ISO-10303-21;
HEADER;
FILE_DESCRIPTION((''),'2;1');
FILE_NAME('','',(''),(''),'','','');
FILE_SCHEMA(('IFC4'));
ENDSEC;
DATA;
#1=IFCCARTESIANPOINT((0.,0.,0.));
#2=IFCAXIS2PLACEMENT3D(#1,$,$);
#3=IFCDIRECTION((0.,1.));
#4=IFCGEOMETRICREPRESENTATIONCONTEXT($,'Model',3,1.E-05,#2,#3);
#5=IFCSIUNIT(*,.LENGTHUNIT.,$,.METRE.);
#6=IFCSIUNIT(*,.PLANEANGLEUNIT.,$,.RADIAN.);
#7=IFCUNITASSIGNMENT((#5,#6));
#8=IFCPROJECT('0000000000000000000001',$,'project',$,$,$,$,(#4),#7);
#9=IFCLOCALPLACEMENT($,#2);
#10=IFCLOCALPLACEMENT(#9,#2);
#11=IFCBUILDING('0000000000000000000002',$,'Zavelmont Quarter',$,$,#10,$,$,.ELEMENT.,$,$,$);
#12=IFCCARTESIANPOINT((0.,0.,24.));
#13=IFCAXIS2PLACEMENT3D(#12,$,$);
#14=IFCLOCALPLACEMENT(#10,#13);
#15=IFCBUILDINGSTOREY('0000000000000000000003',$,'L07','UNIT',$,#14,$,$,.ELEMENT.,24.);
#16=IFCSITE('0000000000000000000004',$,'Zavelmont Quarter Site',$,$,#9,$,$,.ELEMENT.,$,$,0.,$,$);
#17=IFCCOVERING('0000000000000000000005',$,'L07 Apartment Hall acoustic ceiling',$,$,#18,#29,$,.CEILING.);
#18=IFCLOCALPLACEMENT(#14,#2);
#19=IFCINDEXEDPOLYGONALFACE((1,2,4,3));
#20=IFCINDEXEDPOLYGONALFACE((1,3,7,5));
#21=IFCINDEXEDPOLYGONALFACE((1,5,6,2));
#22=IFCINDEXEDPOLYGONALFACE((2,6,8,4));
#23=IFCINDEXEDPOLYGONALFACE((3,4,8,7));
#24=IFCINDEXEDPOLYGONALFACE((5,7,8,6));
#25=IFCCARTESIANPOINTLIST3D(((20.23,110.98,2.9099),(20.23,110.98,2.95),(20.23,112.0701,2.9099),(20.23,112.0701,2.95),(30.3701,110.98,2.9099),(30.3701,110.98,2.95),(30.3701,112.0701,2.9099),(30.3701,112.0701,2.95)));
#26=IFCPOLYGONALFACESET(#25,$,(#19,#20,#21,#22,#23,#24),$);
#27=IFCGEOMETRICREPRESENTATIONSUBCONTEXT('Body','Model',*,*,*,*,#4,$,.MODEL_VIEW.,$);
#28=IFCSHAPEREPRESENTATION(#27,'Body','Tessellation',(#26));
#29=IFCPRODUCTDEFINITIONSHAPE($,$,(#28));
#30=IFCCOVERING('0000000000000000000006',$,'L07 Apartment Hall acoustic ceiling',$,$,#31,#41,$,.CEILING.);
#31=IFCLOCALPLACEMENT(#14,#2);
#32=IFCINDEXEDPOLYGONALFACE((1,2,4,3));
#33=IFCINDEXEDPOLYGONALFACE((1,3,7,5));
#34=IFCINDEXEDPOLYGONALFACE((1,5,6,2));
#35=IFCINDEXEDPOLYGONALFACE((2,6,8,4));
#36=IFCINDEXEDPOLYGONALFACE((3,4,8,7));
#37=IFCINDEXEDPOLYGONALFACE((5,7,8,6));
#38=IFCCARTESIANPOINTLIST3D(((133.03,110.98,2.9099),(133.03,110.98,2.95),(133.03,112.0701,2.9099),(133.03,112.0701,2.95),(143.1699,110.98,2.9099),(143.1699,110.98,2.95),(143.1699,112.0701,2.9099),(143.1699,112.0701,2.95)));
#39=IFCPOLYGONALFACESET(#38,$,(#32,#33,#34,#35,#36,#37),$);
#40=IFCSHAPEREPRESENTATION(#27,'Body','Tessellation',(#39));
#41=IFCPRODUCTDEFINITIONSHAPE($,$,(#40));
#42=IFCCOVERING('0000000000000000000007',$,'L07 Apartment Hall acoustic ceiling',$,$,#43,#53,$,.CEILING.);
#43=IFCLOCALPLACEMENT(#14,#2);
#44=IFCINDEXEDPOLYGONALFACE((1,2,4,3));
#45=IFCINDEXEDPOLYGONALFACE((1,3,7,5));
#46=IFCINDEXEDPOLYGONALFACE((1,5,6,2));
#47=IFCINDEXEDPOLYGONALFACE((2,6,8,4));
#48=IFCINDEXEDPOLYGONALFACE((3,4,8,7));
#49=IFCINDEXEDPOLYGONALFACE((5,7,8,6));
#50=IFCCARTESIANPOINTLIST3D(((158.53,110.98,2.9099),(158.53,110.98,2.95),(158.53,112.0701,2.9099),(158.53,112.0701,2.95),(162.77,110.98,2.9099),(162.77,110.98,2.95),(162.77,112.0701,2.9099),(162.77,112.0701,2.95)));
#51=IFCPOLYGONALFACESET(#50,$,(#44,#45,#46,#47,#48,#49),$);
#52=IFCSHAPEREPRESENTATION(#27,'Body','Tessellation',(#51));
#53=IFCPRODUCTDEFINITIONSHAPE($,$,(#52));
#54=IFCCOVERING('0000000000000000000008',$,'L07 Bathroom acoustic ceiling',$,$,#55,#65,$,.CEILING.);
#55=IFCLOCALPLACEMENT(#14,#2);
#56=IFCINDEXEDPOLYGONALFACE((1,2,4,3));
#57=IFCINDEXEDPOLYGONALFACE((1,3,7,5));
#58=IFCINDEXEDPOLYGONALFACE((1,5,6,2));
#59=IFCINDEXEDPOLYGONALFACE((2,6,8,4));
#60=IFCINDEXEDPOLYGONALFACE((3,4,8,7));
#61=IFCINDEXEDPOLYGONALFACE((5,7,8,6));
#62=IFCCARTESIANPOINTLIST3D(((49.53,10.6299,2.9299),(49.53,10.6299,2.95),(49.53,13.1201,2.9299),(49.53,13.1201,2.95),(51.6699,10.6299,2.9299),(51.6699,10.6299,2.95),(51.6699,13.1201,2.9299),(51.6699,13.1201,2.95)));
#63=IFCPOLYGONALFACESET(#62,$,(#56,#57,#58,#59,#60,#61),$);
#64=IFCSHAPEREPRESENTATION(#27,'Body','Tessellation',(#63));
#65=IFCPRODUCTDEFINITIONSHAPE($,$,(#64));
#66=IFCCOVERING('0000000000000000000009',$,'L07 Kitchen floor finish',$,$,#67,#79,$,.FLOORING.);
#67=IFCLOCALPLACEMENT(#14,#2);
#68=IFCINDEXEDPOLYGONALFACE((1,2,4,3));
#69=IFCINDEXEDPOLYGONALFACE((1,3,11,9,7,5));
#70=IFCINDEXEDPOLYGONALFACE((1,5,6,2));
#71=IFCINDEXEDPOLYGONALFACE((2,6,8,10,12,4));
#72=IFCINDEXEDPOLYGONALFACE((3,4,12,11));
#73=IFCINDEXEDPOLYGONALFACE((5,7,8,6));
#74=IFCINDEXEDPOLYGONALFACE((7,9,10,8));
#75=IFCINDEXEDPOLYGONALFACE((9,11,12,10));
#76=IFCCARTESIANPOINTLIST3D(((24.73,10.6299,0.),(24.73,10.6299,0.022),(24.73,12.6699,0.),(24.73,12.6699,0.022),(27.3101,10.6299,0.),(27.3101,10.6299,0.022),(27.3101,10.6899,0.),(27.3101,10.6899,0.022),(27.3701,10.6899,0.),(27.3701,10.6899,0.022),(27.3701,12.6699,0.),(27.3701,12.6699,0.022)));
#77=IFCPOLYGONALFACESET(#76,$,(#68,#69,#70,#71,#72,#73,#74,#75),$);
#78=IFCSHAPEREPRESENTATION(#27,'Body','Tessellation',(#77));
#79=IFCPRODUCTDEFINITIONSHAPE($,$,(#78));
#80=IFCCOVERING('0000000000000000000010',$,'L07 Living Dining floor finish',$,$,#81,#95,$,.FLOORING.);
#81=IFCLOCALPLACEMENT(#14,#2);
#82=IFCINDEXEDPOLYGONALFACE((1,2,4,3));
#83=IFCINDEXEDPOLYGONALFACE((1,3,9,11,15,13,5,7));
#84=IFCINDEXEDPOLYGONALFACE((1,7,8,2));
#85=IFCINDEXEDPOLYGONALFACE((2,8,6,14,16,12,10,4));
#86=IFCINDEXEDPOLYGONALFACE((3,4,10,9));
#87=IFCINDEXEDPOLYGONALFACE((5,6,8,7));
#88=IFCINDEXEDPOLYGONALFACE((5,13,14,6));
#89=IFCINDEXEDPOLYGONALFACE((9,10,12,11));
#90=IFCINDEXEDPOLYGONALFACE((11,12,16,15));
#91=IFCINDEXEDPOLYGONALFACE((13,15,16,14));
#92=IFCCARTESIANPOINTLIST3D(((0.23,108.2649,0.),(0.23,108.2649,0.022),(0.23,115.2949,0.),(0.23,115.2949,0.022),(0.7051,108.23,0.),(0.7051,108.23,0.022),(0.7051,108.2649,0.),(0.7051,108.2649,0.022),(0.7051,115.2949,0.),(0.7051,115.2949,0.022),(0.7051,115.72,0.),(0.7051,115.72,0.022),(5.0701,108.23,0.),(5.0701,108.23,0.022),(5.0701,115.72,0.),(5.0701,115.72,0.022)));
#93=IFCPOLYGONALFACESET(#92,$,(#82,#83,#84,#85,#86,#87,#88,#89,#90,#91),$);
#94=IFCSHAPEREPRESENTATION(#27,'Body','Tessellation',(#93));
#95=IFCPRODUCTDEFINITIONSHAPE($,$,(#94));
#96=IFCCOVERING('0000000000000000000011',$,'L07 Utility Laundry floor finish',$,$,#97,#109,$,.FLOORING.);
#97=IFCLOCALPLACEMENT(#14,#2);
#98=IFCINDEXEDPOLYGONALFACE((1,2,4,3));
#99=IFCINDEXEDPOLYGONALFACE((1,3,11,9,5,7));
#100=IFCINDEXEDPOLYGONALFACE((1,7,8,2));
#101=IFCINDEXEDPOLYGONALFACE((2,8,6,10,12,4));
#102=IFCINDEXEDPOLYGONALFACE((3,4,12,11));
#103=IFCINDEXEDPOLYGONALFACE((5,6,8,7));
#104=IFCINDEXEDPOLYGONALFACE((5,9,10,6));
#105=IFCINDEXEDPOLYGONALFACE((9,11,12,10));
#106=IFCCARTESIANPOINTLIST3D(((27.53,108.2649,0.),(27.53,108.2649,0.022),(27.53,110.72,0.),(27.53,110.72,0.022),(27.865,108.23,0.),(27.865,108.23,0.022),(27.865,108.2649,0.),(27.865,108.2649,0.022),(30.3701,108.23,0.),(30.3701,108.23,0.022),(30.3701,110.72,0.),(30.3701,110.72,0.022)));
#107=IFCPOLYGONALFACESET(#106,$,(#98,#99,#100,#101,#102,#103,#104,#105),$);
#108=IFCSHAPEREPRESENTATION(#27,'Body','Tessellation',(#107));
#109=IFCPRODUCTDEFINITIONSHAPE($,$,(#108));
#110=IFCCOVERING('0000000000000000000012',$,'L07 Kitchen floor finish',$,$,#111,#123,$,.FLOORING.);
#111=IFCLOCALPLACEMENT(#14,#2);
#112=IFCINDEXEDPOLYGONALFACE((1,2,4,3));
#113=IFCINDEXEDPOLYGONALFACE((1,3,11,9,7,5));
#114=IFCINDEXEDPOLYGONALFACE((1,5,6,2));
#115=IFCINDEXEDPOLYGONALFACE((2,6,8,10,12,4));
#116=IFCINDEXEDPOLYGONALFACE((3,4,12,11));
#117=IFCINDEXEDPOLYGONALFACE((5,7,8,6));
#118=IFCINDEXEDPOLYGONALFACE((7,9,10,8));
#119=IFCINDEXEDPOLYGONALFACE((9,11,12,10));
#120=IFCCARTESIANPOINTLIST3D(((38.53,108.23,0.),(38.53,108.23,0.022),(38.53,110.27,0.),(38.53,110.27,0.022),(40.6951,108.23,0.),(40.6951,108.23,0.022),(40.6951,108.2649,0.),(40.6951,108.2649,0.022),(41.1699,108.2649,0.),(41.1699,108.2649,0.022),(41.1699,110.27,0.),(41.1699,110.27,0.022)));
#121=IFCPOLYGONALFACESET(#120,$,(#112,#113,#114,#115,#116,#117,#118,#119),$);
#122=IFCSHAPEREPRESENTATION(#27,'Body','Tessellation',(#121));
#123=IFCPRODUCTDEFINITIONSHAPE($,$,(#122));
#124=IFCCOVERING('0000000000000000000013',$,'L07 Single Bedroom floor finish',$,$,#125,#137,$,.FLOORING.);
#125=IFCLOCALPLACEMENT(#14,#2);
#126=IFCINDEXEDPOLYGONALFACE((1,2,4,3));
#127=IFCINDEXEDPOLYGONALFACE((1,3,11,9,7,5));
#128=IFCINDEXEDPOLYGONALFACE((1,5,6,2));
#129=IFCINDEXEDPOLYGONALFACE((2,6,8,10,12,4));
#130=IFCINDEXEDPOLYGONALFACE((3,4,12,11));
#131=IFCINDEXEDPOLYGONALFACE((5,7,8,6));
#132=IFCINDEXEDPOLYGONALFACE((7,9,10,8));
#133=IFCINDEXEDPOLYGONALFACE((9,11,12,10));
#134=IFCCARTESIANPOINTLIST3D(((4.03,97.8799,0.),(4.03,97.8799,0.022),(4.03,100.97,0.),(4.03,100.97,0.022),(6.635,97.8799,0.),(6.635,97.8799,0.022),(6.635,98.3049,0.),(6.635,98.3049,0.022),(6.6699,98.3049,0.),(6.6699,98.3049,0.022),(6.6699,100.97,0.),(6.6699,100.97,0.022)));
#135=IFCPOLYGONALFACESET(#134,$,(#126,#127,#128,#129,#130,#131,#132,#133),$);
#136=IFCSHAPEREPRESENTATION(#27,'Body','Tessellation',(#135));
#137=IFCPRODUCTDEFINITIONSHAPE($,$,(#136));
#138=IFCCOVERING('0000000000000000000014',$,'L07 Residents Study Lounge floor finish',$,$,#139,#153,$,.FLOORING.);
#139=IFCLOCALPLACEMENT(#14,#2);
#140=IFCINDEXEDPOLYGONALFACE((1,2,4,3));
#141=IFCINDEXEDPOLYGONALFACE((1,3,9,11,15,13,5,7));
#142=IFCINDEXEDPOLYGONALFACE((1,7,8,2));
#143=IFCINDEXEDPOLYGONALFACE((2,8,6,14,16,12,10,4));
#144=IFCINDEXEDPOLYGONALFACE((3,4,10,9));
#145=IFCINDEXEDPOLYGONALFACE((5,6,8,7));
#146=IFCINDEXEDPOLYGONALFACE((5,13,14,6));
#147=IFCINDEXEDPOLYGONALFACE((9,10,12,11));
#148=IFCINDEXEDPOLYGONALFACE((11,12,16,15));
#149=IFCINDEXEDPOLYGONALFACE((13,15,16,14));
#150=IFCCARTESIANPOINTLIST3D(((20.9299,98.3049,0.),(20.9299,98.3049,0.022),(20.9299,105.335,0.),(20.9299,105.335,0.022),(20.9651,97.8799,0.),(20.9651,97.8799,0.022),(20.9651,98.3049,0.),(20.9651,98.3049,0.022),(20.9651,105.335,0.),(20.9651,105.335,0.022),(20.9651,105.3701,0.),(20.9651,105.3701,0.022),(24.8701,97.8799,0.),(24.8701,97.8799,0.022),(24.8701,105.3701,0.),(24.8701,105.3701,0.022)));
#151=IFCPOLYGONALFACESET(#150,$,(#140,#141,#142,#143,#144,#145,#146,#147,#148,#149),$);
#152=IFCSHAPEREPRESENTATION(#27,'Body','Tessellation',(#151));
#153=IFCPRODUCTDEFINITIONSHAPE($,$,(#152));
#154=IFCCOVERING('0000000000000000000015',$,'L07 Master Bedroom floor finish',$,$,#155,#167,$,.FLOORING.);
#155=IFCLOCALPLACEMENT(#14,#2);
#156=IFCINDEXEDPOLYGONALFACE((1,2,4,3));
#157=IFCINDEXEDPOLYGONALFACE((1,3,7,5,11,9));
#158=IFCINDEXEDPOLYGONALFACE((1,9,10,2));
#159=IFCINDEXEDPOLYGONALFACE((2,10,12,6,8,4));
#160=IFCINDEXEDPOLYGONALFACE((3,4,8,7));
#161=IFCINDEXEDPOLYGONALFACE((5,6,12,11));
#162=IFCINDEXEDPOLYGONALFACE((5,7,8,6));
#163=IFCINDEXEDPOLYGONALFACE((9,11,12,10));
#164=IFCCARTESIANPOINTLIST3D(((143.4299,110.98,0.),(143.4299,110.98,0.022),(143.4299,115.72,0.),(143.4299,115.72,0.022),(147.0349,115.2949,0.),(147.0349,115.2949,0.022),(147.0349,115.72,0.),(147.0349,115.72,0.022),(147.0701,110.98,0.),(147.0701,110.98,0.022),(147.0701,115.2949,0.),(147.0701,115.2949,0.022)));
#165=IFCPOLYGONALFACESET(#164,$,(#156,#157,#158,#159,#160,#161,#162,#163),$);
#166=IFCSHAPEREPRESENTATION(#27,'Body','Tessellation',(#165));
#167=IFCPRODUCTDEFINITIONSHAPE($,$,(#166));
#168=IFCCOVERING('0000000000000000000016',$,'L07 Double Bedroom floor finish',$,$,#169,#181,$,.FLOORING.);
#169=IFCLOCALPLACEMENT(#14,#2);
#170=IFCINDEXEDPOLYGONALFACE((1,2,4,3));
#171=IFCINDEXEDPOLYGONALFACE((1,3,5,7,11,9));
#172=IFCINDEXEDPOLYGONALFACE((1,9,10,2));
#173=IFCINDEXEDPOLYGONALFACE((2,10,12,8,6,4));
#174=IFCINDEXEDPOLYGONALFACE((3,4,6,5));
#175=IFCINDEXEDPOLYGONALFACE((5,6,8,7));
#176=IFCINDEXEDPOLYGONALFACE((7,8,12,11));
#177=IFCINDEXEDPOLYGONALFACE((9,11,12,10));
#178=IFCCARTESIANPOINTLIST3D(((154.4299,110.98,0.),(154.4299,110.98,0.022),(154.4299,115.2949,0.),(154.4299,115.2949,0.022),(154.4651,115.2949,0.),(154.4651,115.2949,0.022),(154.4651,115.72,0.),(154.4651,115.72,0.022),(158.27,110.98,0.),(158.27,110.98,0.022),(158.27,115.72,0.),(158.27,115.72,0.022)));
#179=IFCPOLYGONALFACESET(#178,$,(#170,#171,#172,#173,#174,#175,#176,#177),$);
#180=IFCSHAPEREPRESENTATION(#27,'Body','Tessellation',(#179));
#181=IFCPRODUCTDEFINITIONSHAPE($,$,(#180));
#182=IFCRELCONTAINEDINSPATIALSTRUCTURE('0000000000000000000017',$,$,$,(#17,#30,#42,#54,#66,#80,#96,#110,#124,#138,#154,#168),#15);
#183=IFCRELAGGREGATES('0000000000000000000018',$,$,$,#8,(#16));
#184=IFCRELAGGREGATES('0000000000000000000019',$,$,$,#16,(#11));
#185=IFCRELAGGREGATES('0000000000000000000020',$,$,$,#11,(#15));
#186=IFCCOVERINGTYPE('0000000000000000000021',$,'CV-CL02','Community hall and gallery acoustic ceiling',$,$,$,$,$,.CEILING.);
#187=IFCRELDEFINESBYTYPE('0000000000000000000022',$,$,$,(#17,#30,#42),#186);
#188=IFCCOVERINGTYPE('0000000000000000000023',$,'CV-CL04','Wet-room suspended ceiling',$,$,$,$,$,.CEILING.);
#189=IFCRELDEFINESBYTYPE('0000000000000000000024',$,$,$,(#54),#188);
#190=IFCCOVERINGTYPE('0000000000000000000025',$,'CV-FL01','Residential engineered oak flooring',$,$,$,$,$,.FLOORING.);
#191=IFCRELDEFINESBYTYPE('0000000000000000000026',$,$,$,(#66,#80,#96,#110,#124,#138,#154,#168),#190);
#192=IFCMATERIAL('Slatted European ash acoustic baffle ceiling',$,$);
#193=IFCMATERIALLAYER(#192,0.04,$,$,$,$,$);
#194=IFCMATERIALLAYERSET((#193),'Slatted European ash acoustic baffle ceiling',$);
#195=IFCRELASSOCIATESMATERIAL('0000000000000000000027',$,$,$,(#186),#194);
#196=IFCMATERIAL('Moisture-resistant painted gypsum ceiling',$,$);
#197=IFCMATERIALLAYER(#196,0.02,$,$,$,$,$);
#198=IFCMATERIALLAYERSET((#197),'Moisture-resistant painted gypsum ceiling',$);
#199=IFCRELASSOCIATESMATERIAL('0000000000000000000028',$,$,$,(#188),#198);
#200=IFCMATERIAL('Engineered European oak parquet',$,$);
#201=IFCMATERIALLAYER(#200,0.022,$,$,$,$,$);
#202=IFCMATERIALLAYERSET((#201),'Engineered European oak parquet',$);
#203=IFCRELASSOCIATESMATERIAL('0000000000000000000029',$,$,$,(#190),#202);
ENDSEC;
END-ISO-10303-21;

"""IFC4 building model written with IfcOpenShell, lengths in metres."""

from ifc_helpers import new_model, si_unit, direction, frame, origin, place, context, subcontext, project, spatial, polyline, outline, extrude, material, layer, layer_set, type_object, element, save


model = new_model("IFC4")

# Units and contexts
model_context = context("Model", 3, precision=1e-05, world=origin(), true_north=direction((0.0, 1.0)))
body_context = subcontext(model_context, "Body", "Model", "MODEL_VIEW")
ifc_project = project(units=[si_unit("LENGTHUNIT", "METRE"), si_unit("PLANEANGLEUNIT", "RADIAN")], contexts=[model_context])

# Site, building, storey
site_placement = place(None, origin())
site = spatial("IfcSite", under=ifc_project, at=site_placement, Name="Zavelmont Quarter Site", CompositionType="ELEMENT", RefElevation=0.0)
building_placement = place(site_placement, origin())
building = spatial("IfcBuilding", under=site, at=building_placement, Name="Zavelmont Quarter", CompositionType="ELEMENT")
storey_placement = place(building_placement, frame((0.0, 0.0, 24.0)))
storey = spatial("IfcBuildingStorey", under=building, at=storey_placement, Name="L07", Description="UNIT", CompositionType="ELEMENT", Elevation=24.0)

# Coverings
ifc_material_1 = material(Name="Slatted European ash acoustic baffle ceiling")
ifc_layer_1 = layer(ifc_material_1, 0.04)
ifc_layer_set_1 = layer_set([ifc_layer_1], Name="Slatted European ash acoustic baffle ceiling")
covering_type_1 = type_object("IfcCoveringType", Name="CV-CL02", Description="Community hall and gallery acoustic ceiling", PredefinedType="CEILING", material=ifc_layer_set_1)
covering_1_placement = place(storey_placement, frame((0.0, 0.0, 2.9099)))
element("IfcCovering", 1, at=covering_1_placement, inside=storey, type_object=covering_type_1, Name="L07 Apartment Hall acoustic ceiling", PredefinedType="CEILING", context=body_context, shape_type="SweptSolid", body=[
    extrude(outline(polyline([(20.23, 112.0701), (30.3701, 112.0701), (30.3701, 110.98), (20.23, 110.98), (20.23, 112.0701)])), origin(), (0.0, 0.0, 1.0), 0.04),
])
covering_2_placement = place(storey_placement, frame((0.0, 0.0, 2.9099)))
element("IfcCovering", 2, at=covering_2_placement, inside=storey, type_object=covering_type_1, Name="L07 Apartment Hall acoustic ceiling", PredefinedType="CEILING", context=body_context, shape_type="SweptSolid", body=[
    extrude(outline(polyline([(133.03, 112.0701), (143.1699, 112.0701), (143.1699, 110.98), (133.03, 110.98), (133.03, 112.0701)])), origin(), (0.0, 0.0, 1.0), 0.04),
])
covering_3_placement = place(storey_placement, frame((0.0, 0.0, 2.9099)))
element("IfcCovering", 3, at=covering_3_placement, inside=storey, type_object=covering_type_1, Name="L07 Apartment Hall acoustic ceiling", PredefinedType="CEILING", context=body_context, shape_type="SweptSolid", body=[
    extrude(outline(polyline([(158.53, 112.0701), (162.77, 112.0701), (162.77, 110.98), (158.53, 110.98), (158.53, 112.0701)])), origin(), (0.0, 0.0, 1.0), 0.04),
])
ifc_material_2 = material(Name="Moisture-resistant painted gypsum ceiling")
ifc_layer_2 = layer(ifc_material_2, 0.02)
ifc_layer_set_2 = layer_set([ifc_layer_2], Name="Moisture-resistant painted gypsum ceiling")
covering_type_2 = type_object("IfcCoveringType", Name="CV-CL04", Description="Wet-room suspended ceiling", PredefinedType="CEILING", material=ifc_layer_set_2)
covering_4_placement = place(storey_placement, frame((0.0, 0.0, 2.9299)))
element("IfcCovering", 4, at=covering_4_placement, inside=storey, type_object=covering_type_2, Name="L07 Bathroom acoustic ceiling", PredefinedType="CEILING", context=body_context, shape_type="SweptSolid", body=[
    extrude(outline(polyline([(49.53, 13.1201), (51.6699, 13.1201), (51.6699, 10.6299), (49.53, 10.6299), (49.53, 13.1201)])), origin(), (0.0, 0.0, 1.0), 0.02),
])
ifc_material_3 = material(Name="Engineered European oak parquet")
ifc_layer_3 = layer(ifc_material_3, 0.022)
ifc_layer_set_3 = layer_set([ifc_layer_3], Name="Engineered European oak parquet")
covering_type_3 = type_object("IfcCoveringType", Name="CV-FL01", Description="Residential engineered oak flooring", PredefinedType="FLOORING", material=ifc_layer_set_3)
covering_5_placement = place(storey_placement, origin())
element("IfcCovering", 5, at=covering_5_placement, inside=storey, type_object=covering_type_3, Name="L07 Kitchen floor finish", PredefinedType="FLOORING", context=body_context, shape_type="SweptSolid", body=[
    extrude(outline(polyline([(24.73, 12.6699), (27.3701, 12.6699), (27.3701, 10.6899), (27.3101, 10.6899), (27.3101, 10.6299), (24.73, 10.6299), (24.73, 12.6699)])), origin(), (0.0, 0.0, 1.0), 0.022),
])
covering_6_placement = place(storey_placement, origin())
element("IfcCovering", 6, at=covering_6_placement, inside=storey, type_object=covering_type_3, Name="L07 Living Dining floor finish", PredefinedType="FLOORING", context=body_context, shape_type="SweptSolid", body=[
    extrude(outline(polyline([(0.23, 115.2949), (0.7051, 115.2949), (0.7051, 115.72), (5.0701, 115.72), (5.0701, 108.23), (0.7051, 108.23), (0.7051, 108.2649), (0.23, 108.2649), (0.23, 115.2949)])), origin(), (0.0, 0.0, 1.0), 0.022),
])
covering_7_placement = place(storey_placement, origin())
element("IfcCovering", 7, at=covering_7_placement, inside=storey, type_object=covering_type_3, Name="L07 Utility Laundry floor finish", PredefinedType="FLOORING", context=body_context, shape_type="SweptSolid", body=[
    extrude(outline(polyline([(27.53, 110.72), (30.3701, 110.72), (30.3701, 108.23), (27.865, 108.23), (27.865, 108.2649), (27.53, 108.2649), (27.53, 110.72)])), origin(), (0.0, 0.0, 1.0), 0.022),
])
covering_8_placement = place(storey_placement, origin())
element("IfcCovering", 8, at=covering_8_placement, inside=storey, type_object=covering_type_3, Name="L07 Kitchen floor finish", PredefinedType="FLOORING", context=body_context, shape_type="SweptSolid", body=[
    extrude(outline(polyline([(38.53, 110.27), (41.1699, 110.27), (41.1699, 108.2649), (40.6951, 108.2649), (40.6951, 108.23), (38.53, 108.23), (38.53, 110.27)])), origin(), (0.0, 0.0, 1.0), 0.022),
])
covering_9_placement = place(storey_placement, origin())
element("IfcCovering", 9, at=covering_9_placement, inside=storey, type_object=covering_type_3, Name="L07 Single Bedroom floor finish", PredefinedType="FLOORING", context=body_context, shape_type="SweptSolid", body=[
    extrude(outline(polyline([(4.03, 100.97), (6.6699, 100.97), (6.6699, 98.3049), (6.635, 98.3049), (6.635, 97.8799), (4.03, 97.8799), (4.03, 100.97)])), origin(), (0.0, 0.0, 1.0), 0.022),
])
covering_10_placement = place(storey_placement, origin())
element("IfcCovering", 10, at=covering_10_placement, inside=storey, type_object=covering_type_3, Name="L07 Residents Study Lounge floor finish", PredefinedType="FLOORING", context=body_context, shape_type="SweptSolid", body=[
    extrude(outline(polyline([(20.9299, 105.335), (20.9651, 105.335), (20.9651, 105.3701), (24.8701, 105.3701), (24.8701, 97.8799), (20.9651, 97.8799), (20.9651, 98.3049), (20.9299, 98.3049), (20.9299, 105.335)])), origin(), (0.0, 0.0, 1.0), 0.022),
])
covering_11_placement = place(storey_placement, origin())
element("IfcCovering", 11, at=covering_11_placement, inside=storey, type_object=covering_type_3, Name="L07 Master Bedroom floor finish", PredefinedType="FLOORING", context=body_context, shape_type="SweptSolid", body=[
    extrude(outline(polyline([(143.4299, 115.72), (147.0349, 115.72), (147.0349, 115.2949), (147.0701, 115.2949), (147.0701, 110.98), (143.4299, 110.98), (143.4299, 115.72)])), origin(), (0.0, 0.0, 1.0), 0.022),
])
covering_12_placement = place(storey_placement, origin())
element("IfcCovering", 12, at=covering_12_placement, inside=storey, type_object=covering_type_3, Name="L07 Double Bedroom floor finish", PredefinedType="FLOORING", context=body_context, shape_type="SweptSolid", body=[
    extrude(outline(polyline([(154.4299, 115.2949), (154.4651, 115.2949), (154.4651, 115.72), (158.27, 115.72), (158.27, 110.98), (154.4299, 110.98), (154.4299, 115.2949)])), origin(), (0.0, 0.0, 1.0), 0.022),
])

save(model, "model.ifc")
